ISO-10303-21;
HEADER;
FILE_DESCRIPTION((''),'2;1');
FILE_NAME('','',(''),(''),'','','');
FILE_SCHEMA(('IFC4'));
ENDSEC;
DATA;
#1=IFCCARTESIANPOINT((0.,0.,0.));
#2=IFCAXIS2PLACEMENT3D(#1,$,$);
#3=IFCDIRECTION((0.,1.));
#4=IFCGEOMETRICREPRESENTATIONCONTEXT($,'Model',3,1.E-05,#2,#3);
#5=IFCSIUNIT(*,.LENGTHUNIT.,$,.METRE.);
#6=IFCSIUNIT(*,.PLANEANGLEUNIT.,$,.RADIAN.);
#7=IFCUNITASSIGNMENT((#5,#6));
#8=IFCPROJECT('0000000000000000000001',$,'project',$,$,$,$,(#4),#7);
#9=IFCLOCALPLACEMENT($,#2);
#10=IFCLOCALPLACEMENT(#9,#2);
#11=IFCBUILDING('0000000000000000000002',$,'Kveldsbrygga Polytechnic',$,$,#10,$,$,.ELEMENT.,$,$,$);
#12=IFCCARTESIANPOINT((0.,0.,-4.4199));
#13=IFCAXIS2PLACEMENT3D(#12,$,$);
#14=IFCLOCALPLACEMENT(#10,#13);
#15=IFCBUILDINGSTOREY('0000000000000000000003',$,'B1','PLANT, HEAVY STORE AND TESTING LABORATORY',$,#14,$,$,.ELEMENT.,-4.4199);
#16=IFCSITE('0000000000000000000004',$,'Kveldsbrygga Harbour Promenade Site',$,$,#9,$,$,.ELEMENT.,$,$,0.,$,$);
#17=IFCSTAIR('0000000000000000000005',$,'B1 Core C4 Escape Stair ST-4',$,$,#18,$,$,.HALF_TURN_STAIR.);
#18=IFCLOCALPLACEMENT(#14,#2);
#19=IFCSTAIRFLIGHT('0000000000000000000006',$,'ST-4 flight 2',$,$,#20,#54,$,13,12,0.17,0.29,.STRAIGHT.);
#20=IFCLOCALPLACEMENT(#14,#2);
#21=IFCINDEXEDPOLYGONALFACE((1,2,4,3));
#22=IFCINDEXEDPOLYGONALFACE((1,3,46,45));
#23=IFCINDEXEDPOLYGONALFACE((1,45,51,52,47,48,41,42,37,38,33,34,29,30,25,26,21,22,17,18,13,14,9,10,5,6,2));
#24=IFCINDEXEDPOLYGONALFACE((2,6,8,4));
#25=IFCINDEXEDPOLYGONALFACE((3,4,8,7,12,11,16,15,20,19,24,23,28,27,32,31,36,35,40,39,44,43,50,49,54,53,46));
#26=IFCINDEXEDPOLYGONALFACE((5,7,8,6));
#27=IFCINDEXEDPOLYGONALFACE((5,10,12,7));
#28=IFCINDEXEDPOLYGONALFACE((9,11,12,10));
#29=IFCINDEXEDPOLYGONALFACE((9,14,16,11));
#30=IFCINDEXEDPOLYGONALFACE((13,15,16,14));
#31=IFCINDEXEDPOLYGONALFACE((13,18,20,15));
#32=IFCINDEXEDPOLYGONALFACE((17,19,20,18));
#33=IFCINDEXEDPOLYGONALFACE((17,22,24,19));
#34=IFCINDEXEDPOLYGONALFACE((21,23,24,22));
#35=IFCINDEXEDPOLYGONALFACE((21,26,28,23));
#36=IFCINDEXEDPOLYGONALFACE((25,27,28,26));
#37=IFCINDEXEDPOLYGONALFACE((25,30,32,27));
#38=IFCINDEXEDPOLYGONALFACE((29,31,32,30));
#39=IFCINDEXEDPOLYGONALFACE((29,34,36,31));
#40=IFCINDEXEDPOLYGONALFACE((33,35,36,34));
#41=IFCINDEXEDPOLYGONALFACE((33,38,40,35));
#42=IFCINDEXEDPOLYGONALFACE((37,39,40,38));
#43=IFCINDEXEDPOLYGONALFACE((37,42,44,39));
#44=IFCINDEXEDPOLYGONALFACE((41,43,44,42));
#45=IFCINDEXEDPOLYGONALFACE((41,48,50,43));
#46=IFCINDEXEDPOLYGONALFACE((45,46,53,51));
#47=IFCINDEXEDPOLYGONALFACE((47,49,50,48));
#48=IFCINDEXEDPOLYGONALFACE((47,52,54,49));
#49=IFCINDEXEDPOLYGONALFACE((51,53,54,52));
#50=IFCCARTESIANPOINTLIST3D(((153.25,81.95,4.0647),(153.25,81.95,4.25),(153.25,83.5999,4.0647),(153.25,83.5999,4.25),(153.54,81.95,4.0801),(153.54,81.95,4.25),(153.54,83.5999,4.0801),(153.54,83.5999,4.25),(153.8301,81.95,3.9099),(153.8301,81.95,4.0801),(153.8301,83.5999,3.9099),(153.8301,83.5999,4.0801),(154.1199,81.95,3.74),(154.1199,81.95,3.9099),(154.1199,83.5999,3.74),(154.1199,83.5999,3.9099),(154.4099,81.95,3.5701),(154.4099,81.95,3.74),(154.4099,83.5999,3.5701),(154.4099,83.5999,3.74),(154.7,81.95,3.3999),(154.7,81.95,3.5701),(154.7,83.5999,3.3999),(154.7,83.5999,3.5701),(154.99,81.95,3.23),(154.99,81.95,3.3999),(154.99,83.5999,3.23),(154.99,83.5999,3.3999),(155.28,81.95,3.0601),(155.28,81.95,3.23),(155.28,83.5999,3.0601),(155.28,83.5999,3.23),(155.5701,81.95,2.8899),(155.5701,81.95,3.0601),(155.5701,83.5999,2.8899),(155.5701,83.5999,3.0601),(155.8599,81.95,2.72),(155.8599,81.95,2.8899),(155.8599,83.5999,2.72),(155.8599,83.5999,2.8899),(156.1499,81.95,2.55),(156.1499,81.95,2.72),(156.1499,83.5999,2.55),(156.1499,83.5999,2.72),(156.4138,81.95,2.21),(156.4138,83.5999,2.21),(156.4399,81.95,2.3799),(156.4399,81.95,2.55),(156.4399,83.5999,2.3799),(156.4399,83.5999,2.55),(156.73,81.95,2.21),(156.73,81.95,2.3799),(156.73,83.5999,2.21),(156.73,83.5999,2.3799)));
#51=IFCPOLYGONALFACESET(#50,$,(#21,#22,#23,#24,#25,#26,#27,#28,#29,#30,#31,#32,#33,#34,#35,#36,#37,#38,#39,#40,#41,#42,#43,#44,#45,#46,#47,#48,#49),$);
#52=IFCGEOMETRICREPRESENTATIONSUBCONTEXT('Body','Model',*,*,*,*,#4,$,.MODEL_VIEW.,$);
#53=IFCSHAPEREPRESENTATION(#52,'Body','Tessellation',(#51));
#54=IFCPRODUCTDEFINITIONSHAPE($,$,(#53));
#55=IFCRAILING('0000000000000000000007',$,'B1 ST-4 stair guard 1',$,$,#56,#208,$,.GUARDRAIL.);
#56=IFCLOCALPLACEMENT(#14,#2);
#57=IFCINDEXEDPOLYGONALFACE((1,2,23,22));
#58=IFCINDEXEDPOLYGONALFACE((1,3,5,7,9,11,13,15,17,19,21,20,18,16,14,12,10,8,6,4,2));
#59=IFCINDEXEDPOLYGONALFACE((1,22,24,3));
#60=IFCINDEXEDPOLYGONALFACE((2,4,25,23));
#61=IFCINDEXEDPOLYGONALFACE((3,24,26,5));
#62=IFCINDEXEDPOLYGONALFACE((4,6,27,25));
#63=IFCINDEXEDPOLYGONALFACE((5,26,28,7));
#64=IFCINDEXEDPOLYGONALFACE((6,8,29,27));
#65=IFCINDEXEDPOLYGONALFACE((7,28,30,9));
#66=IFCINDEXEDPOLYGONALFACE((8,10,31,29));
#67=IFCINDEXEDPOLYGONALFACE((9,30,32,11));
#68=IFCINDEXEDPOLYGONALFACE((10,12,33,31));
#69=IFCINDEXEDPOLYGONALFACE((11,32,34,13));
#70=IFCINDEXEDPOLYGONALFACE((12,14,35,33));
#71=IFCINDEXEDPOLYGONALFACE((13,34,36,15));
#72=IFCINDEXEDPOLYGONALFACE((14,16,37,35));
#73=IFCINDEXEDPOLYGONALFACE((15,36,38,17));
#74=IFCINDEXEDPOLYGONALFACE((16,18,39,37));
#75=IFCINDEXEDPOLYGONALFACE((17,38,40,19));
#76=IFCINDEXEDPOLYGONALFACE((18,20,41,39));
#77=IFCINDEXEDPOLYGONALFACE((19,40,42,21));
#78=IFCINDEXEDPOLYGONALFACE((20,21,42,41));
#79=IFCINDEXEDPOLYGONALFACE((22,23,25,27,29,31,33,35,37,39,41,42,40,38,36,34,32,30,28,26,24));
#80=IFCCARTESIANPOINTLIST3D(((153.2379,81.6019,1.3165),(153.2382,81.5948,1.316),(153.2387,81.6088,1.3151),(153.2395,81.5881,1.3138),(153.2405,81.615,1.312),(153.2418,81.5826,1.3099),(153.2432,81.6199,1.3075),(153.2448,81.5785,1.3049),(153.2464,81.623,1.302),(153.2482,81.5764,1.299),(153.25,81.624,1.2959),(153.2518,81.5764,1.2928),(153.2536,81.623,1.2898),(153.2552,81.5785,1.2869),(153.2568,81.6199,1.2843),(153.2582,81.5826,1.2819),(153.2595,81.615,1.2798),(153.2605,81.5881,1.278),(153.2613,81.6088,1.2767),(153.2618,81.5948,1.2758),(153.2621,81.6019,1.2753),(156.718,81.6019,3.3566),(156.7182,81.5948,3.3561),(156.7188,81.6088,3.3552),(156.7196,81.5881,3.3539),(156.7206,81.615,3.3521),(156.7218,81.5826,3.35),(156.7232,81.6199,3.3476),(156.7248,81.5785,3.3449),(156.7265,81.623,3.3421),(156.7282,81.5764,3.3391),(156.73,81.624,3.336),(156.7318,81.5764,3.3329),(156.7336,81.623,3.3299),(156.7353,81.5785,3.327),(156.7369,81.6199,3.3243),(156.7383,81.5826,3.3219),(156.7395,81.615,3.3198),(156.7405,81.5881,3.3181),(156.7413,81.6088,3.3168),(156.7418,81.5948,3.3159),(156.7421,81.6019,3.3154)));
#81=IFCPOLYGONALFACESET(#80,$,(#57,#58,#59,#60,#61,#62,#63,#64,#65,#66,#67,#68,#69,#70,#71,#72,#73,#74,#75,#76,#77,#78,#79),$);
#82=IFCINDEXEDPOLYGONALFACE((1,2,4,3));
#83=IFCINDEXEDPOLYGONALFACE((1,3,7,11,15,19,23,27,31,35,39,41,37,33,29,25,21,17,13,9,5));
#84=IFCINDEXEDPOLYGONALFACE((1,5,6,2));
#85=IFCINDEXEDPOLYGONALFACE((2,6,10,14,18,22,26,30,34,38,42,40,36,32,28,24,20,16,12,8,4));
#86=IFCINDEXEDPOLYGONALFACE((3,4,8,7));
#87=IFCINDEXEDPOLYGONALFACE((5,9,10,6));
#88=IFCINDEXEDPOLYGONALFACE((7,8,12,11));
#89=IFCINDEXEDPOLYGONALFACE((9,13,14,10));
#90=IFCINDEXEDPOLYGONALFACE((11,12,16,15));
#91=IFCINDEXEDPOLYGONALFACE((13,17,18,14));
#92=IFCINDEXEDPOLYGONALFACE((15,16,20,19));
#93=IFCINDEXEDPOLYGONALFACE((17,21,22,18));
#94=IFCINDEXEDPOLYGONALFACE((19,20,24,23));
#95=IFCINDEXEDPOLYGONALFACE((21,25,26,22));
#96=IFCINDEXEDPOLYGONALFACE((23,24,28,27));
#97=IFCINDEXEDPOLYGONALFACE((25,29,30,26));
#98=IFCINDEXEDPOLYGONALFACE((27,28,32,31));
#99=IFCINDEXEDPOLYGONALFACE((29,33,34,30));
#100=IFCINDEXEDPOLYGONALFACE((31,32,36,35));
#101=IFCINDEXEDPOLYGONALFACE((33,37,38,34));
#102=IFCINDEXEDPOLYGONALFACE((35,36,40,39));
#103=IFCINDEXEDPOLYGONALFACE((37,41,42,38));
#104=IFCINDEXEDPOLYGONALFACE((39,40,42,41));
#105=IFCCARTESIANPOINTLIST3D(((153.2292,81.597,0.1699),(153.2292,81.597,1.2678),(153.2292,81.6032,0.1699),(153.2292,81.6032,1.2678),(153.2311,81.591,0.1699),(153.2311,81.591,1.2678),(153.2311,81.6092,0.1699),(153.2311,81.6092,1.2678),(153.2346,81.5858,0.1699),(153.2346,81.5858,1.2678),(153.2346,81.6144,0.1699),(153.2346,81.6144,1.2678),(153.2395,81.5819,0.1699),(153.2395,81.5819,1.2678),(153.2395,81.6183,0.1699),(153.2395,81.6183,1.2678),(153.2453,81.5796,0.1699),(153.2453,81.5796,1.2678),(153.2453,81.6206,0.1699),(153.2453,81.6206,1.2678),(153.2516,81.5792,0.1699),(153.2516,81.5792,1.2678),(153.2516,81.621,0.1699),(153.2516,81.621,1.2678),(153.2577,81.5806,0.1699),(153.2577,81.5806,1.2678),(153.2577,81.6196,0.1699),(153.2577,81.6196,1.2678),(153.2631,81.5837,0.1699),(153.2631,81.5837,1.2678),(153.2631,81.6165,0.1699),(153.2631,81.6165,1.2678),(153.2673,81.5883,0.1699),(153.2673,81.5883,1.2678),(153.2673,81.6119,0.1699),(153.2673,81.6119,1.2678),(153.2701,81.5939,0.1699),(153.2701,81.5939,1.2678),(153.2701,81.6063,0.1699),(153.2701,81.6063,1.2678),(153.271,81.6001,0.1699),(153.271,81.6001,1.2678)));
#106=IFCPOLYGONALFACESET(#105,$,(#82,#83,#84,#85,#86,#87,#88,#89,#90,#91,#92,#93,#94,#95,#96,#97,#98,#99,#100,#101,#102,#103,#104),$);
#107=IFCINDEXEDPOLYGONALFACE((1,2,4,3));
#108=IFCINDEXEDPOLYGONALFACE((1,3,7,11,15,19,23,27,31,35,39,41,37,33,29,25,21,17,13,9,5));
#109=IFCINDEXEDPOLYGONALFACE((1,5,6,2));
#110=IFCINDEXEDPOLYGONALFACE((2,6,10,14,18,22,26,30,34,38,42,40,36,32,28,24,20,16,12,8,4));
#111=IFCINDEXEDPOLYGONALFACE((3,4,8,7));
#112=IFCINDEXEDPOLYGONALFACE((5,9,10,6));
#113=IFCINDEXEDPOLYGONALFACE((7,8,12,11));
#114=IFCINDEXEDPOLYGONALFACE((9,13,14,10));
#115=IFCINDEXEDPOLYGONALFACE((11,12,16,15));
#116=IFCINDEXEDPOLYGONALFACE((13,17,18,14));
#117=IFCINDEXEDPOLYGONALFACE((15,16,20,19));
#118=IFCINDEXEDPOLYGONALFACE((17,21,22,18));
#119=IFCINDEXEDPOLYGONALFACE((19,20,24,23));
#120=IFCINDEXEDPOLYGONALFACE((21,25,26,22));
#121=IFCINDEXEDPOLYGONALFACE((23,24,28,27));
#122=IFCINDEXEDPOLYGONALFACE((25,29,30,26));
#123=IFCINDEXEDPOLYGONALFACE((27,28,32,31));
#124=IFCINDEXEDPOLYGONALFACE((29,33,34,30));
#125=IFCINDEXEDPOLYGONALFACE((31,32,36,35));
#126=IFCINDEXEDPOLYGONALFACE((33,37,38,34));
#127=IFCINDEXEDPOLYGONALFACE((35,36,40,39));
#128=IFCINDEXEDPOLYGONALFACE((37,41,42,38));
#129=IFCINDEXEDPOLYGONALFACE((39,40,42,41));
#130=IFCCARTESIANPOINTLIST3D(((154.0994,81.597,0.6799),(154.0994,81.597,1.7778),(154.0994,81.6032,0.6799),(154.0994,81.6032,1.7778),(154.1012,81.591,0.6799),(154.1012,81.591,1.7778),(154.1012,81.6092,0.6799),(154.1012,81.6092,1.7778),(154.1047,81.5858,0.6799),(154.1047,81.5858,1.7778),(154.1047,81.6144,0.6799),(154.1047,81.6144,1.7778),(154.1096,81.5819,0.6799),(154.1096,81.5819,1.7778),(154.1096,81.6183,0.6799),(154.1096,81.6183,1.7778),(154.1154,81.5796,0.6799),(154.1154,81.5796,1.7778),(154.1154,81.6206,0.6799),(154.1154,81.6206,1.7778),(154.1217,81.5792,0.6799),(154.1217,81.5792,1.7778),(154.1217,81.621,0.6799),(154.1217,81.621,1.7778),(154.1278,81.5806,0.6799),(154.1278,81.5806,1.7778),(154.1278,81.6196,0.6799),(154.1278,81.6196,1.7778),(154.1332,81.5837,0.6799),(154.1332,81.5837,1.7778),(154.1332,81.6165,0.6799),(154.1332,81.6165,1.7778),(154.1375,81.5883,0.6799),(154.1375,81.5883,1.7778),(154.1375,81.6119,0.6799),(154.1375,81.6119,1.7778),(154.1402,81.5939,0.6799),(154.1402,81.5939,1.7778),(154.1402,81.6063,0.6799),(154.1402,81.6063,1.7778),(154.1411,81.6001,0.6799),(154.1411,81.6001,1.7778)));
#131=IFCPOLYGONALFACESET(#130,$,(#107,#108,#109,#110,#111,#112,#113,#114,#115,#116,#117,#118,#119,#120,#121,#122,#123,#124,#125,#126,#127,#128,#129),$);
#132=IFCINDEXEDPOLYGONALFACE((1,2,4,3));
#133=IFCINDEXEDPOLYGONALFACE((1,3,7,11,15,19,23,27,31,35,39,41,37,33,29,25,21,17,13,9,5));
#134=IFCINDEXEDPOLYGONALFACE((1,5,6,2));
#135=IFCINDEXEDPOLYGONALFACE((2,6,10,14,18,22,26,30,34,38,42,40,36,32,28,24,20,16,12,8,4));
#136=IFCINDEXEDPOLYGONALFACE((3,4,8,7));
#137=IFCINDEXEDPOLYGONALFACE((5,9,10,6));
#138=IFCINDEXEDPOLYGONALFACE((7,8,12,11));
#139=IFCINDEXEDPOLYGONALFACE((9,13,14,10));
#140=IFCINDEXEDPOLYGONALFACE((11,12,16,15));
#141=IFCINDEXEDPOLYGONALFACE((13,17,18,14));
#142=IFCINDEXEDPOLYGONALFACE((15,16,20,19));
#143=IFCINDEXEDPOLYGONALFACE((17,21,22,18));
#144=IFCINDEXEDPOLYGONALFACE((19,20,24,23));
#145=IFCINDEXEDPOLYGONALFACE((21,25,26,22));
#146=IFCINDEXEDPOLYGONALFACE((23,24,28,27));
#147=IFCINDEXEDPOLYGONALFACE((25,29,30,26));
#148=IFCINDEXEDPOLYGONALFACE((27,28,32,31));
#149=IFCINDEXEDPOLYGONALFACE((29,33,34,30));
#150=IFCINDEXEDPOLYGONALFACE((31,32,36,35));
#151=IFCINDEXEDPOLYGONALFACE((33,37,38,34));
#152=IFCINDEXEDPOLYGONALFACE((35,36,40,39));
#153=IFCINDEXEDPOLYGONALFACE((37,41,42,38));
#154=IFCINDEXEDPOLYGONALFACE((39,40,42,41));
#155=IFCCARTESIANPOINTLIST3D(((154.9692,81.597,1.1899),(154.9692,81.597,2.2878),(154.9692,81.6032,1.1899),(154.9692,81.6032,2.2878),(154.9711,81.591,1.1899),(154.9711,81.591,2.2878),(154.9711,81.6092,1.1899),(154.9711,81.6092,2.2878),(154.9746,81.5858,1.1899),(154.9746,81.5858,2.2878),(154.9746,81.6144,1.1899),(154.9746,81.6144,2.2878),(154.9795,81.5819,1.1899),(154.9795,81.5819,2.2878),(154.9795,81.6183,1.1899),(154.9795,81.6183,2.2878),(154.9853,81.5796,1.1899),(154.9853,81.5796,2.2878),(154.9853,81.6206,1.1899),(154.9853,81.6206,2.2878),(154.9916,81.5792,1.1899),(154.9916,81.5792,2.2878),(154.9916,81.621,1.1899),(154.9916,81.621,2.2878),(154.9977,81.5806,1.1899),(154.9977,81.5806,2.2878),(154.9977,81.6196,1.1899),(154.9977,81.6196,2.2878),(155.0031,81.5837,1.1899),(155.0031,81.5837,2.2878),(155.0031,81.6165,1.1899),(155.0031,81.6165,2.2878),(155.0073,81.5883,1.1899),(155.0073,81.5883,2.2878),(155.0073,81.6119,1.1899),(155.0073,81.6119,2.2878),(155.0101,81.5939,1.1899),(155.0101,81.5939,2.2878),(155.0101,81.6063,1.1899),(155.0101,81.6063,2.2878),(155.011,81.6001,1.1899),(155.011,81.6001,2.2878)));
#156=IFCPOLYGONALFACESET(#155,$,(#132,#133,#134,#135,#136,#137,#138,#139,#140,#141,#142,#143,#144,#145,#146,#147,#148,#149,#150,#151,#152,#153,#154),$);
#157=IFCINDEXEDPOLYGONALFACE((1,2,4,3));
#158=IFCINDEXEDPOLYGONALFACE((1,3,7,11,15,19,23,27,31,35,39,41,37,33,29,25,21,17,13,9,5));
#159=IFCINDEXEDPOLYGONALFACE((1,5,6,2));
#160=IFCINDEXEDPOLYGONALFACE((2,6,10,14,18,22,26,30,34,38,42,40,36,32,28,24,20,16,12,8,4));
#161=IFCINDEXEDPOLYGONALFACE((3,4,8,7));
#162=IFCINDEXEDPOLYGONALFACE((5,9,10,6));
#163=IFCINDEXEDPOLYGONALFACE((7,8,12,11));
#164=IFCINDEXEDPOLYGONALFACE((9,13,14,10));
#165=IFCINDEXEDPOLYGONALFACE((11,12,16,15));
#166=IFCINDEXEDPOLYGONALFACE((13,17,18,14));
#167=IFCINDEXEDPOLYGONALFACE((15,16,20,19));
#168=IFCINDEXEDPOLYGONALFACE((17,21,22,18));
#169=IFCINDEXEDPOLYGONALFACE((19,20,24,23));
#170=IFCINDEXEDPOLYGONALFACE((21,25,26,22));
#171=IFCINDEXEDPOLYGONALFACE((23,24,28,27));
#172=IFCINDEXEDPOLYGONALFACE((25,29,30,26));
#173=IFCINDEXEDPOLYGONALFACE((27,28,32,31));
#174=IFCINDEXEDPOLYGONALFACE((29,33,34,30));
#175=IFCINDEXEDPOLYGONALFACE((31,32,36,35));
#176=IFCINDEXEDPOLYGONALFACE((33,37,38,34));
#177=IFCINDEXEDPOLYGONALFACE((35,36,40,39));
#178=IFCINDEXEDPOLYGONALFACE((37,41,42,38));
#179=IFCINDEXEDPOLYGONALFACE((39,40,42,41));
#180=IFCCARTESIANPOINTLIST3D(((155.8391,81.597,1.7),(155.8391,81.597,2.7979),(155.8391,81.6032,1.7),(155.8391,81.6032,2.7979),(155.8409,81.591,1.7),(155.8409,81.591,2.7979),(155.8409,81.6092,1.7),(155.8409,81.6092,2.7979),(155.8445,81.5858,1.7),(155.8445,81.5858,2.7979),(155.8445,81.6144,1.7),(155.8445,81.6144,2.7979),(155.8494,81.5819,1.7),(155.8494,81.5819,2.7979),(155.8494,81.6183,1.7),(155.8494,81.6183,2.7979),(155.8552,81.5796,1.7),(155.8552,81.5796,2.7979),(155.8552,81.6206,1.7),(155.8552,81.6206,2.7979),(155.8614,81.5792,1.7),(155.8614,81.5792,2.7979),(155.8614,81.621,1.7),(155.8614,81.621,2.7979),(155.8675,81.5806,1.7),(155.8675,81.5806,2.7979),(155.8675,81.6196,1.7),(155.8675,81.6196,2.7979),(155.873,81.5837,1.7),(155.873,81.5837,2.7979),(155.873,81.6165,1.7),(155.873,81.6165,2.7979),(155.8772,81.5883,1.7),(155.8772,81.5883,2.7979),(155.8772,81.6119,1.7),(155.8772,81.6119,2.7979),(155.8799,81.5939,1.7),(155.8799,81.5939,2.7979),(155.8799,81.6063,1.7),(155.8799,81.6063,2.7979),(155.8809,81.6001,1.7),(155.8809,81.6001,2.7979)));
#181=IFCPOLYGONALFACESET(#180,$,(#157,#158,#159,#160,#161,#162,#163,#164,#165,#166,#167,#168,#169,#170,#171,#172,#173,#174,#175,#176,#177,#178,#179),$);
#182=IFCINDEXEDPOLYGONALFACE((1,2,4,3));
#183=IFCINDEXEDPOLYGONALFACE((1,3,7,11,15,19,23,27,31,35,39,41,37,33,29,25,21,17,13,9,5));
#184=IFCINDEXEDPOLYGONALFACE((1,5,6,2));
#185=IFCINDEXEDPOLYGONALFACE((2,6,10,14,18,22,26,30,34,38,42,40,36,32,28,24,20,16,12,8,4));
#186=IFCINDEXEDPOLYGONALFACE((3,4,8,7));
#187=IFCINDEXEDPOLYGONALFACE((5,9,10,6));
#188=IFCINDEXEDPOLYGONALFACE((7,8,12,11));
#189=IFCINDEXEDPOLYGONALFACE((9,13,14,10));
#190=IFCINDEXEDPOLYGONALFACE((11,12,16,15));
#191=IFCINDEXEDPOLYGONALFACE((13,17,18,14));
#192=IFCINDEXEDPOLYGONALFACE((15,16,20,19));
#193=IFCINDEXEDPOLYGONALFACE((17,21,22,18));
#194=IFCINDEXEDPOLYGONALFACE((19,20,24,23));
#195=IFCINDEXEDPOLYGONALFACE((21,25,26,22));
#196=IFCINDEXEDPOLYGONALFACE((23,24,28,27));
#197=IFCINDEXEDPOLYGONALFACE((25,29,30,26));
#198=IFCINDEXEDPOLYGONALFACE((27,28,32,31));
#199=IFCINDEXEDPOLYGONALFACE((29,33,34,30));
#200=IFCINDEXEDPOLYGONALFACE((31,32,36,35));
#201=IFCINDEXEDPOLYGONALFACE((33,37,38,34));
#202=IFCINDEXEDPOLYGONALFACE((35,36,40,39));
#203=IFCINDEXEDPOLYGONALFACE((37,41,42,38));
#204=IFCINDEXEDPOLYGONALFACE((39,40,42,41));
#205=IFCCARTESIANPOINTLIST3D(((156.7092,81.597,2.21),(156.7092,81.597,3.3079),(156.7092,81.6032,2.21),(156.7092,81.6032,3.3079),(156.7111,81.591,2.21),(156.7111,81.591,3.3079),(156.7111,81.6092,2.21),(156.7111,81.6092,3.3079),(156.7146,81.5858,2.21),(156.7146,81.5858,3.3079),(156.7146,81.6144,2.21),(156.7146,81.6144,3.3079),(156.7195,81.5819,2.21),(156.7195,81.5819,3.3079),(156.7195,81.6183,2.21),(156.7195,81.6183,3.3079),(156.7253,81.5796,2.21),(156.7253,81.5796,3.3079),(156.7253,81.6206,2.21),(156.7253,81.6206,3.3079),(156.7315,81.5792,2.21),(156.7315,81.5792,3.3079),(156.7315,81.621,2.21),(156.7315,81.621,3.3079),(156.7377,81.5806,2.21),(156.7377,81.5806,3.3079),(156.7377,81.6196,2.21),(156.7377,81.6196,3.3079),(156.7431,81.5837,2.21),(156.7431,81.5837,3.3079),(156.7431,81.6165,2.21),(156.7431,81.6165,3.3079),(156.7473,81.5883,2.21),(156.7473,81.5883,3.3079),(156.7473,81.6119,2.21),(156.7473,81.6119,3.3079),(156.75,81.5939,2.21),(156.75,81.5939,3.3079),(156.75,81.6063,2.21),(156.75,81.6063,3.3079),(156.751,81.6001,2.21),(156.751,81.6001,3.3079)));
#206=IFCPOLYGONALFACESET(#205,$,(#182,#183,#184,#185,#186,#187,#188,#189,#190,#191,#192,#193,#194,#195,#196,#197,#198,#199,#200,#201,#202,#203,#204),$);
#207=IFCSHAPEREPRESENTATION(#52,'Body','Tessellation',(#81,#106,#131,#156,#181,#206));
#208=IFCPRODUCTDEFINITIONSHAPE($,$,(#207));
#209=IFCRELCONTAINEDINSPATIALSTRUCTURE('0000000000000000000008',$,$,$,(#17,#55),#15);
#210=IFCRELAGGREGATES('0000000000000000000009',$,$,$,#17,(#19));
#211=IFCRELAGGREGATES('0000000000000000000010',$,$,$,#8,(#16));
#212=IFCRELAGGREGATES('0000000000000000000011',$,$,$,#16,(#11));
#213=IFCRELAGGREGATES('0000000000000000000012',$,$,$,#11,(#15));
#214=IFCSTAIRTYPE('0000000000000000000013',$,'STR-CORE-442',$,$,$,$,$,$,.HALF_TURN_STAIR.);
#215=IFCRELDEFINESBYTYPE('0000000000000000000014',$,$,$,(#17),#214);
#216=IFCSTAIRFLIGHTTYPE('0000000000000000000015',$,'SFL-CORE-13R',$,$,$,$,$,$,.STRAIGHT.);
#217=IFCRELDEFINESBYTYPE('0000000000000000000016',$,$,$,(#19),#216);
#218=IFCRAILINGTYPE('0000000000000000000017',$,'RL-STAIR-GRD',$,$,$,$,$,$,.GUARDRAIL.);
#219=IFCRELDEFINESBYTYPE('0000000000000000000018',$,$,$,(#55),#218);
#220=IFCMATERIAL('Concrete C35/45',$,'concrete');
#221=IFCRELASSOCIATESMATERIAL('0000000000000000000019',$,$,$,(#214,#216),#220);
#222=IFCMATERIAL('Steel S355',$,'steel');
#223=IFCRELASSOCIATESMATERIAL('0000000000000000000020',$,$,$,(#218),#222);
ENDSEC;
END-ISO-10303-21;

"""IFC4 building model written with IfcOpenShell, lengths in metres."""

from ifc_helpers import new_model, si_unit, direction, frame, origin, origin_2d, place, context, subcontext, project, spatial, polyline, circle, outline, extrude, material, type_object, element, aggregate, save


model = new_model("IFC4")

# Units and contexts
model_context = context("Model", 3, precision=1e-05, world=origin(), true_north=direction((0.0, 1.0)))
body_context = subcontext(model_context, "Body", "Model", "MODEL_VIEW")
ifc_project = project(units=[si_unit("LENGTHUNIT", "METRE"), si_unit("PLANEANGLEUNIT", "RADIAN")], contexts=[model_context])

# Site, building, storey
site_placement = place(None, origin())
site = spatial("IfcSite", under=ifc_project, at=site_placement, Name="Kveldsbrygga Harbour Promenade Site", CompositionType="ELEMENT", RefElevation=0.0)
building_placement = place(site_placement, origin())
building = spatial("IfcBuilding", under=site, at=building_placement, Name="Kveldsbrygga Polytechnic", CompositionType="ELEMENT")
storey_placement = place(building_placement, frame((0.0, 0.0, -4.4199)))
storey = spatial("IfcBuildingStorey", under=building, at=storey_placement, Name="B1", Description="PLANT, HEAVY STORE AND TESTING LABORATORY", CompositionType="ELEMENT", Elevation=-4.4199)

# Shared definitions
ifc_material_1 = material(Name="Concrete C35/45", Category="concrete")

# Stair, stair flight
stair_type = type_object("IfcStairType", Name="STR-CORE-442", PredefinedType="HALF_TURN_STAIR", material=ifc_material_1)
stair_placement = place(storey_placement, origin())
stair = element("IfcStair", 1, at=stair_placement, inside=storey, type_object=stair_type, Name="B1 Core C4 Escape Stair ST-4", PredefinedType="HALF_TURN_STAIR")
stair_flight_type = type_object("IfcStairFlightType", Name="SFL-CORE-13R", PredefinedType="STRAIGHT", material=ifc_material_1)
stair_flight_placement = place(storey_placement, frame((156.73, 82.7749, 2.21), z_axis=(0.0, 0.0, 1.0), x_axis=(-1.0, 0.0, 0.0)))
stair_flight = element("IfcStairFlight", 2, at=stair_flight_placement, type_object=stair_flight_type, Name="ST-4 flight 2", NumberOfRisers=13, NumberOfTreads=12, PredefinedType="STRAIGHT", RiserHeight=0.17, TreadLength=0.29, context=body_context, shape_type="SweptSolid", body=[
    extrude(outline(polyline([(0.0, 0.0), (0.0, 0.1699), (0.29, 0.1699), (0.29, 0.3401), (0.5801, 0.3401), (0.5801, 0.51), (0.8701, 0.51), (0.8701, 0.6799), (1.1599, 0.6799), (1.1599, 0.8501), (1.45, 0.8501), (1.45, 1.02), (1.74, 1.02), (1.74, 1.1899), (2.03, 1.1899), (2.03, 1.3601), (2.3201, 1.3601), (2.3201, 1.53), (2.6101, 1.53), (2.6101, 1.7), (2.8999, 1.7), (2.8999, 1.8701), (3.1899, 1.8701), (3.1899, 2.04), (3.48, 2.04), (3.48, 2.21), (3.48, 1.8547), (0.3162, 0.0), (0.0, 0.0)])), frame((0.0, 0.825, 0.0), z_axis=(0.0, -1.0, 0.0), x_axis=(1.0, 0.0, 0.0)), (0.0, 0.0, 1.0), 1.6499),
])
aggregate(stair, [stair_flight])

# Railing
ifc_material_2 = material(Name="Steel S355", Category="steel")
railing_type_1 = type_object("IfcRailingType", Name="RL-STAIR-GRD", PredefinedType="GUARDRAIL", material=ifc_material_2)
railing_1_placement = place(storey_placement, frame((153.25, 81.6001, 0.1699)))
element("IfcRailing", 3, at=railing_1_placement, inside=storey, type_object=railing_type_1, Name="B1 ST-4 stair guard 1", PredefinedType="GUARDRAIL", context=body_context, shape_type="SweptSolid", body=[
    extrude(circle(Radius=0.0239, at=origin_2d()), frame((0.0, 0.0, 1.126), z_axis=(0.862693, 0.0, 0.505729), x_axis=(0.0, 1.0, 0.0)), (0.0, 0.0, 1.0), 4.0339),
    extrude(circle(Radius=0.021, at=origin_2d()), origin(), (0.0, 0.0, 1.0), 1.0979),
    extrude(circle(Radius=0.021, at=origin_2d()), frame((0.8701, 0.0, 0.51)), (0.0, 0.0, 1.0), 1.0979),
    extrude(circle(Radius=0.021, at=origin_2d()), frame((1.74, 0.0, 1.02)), (0.0, 0.0, 1.0), 1.0979),
    extrude(circle(Radius=0.021, at=origin_2d()), frame((2.6099, 0.0, 1.53)), (0.0, 0.0, 1.0), 1.0979),
    extrude(circle(Radius=0.021, at=origin_2d()), frame((3.48, 0.0, 2.04)), (0.0, 0.0, 1.0), 1.0979),
])

save(model, "model.ifc")
